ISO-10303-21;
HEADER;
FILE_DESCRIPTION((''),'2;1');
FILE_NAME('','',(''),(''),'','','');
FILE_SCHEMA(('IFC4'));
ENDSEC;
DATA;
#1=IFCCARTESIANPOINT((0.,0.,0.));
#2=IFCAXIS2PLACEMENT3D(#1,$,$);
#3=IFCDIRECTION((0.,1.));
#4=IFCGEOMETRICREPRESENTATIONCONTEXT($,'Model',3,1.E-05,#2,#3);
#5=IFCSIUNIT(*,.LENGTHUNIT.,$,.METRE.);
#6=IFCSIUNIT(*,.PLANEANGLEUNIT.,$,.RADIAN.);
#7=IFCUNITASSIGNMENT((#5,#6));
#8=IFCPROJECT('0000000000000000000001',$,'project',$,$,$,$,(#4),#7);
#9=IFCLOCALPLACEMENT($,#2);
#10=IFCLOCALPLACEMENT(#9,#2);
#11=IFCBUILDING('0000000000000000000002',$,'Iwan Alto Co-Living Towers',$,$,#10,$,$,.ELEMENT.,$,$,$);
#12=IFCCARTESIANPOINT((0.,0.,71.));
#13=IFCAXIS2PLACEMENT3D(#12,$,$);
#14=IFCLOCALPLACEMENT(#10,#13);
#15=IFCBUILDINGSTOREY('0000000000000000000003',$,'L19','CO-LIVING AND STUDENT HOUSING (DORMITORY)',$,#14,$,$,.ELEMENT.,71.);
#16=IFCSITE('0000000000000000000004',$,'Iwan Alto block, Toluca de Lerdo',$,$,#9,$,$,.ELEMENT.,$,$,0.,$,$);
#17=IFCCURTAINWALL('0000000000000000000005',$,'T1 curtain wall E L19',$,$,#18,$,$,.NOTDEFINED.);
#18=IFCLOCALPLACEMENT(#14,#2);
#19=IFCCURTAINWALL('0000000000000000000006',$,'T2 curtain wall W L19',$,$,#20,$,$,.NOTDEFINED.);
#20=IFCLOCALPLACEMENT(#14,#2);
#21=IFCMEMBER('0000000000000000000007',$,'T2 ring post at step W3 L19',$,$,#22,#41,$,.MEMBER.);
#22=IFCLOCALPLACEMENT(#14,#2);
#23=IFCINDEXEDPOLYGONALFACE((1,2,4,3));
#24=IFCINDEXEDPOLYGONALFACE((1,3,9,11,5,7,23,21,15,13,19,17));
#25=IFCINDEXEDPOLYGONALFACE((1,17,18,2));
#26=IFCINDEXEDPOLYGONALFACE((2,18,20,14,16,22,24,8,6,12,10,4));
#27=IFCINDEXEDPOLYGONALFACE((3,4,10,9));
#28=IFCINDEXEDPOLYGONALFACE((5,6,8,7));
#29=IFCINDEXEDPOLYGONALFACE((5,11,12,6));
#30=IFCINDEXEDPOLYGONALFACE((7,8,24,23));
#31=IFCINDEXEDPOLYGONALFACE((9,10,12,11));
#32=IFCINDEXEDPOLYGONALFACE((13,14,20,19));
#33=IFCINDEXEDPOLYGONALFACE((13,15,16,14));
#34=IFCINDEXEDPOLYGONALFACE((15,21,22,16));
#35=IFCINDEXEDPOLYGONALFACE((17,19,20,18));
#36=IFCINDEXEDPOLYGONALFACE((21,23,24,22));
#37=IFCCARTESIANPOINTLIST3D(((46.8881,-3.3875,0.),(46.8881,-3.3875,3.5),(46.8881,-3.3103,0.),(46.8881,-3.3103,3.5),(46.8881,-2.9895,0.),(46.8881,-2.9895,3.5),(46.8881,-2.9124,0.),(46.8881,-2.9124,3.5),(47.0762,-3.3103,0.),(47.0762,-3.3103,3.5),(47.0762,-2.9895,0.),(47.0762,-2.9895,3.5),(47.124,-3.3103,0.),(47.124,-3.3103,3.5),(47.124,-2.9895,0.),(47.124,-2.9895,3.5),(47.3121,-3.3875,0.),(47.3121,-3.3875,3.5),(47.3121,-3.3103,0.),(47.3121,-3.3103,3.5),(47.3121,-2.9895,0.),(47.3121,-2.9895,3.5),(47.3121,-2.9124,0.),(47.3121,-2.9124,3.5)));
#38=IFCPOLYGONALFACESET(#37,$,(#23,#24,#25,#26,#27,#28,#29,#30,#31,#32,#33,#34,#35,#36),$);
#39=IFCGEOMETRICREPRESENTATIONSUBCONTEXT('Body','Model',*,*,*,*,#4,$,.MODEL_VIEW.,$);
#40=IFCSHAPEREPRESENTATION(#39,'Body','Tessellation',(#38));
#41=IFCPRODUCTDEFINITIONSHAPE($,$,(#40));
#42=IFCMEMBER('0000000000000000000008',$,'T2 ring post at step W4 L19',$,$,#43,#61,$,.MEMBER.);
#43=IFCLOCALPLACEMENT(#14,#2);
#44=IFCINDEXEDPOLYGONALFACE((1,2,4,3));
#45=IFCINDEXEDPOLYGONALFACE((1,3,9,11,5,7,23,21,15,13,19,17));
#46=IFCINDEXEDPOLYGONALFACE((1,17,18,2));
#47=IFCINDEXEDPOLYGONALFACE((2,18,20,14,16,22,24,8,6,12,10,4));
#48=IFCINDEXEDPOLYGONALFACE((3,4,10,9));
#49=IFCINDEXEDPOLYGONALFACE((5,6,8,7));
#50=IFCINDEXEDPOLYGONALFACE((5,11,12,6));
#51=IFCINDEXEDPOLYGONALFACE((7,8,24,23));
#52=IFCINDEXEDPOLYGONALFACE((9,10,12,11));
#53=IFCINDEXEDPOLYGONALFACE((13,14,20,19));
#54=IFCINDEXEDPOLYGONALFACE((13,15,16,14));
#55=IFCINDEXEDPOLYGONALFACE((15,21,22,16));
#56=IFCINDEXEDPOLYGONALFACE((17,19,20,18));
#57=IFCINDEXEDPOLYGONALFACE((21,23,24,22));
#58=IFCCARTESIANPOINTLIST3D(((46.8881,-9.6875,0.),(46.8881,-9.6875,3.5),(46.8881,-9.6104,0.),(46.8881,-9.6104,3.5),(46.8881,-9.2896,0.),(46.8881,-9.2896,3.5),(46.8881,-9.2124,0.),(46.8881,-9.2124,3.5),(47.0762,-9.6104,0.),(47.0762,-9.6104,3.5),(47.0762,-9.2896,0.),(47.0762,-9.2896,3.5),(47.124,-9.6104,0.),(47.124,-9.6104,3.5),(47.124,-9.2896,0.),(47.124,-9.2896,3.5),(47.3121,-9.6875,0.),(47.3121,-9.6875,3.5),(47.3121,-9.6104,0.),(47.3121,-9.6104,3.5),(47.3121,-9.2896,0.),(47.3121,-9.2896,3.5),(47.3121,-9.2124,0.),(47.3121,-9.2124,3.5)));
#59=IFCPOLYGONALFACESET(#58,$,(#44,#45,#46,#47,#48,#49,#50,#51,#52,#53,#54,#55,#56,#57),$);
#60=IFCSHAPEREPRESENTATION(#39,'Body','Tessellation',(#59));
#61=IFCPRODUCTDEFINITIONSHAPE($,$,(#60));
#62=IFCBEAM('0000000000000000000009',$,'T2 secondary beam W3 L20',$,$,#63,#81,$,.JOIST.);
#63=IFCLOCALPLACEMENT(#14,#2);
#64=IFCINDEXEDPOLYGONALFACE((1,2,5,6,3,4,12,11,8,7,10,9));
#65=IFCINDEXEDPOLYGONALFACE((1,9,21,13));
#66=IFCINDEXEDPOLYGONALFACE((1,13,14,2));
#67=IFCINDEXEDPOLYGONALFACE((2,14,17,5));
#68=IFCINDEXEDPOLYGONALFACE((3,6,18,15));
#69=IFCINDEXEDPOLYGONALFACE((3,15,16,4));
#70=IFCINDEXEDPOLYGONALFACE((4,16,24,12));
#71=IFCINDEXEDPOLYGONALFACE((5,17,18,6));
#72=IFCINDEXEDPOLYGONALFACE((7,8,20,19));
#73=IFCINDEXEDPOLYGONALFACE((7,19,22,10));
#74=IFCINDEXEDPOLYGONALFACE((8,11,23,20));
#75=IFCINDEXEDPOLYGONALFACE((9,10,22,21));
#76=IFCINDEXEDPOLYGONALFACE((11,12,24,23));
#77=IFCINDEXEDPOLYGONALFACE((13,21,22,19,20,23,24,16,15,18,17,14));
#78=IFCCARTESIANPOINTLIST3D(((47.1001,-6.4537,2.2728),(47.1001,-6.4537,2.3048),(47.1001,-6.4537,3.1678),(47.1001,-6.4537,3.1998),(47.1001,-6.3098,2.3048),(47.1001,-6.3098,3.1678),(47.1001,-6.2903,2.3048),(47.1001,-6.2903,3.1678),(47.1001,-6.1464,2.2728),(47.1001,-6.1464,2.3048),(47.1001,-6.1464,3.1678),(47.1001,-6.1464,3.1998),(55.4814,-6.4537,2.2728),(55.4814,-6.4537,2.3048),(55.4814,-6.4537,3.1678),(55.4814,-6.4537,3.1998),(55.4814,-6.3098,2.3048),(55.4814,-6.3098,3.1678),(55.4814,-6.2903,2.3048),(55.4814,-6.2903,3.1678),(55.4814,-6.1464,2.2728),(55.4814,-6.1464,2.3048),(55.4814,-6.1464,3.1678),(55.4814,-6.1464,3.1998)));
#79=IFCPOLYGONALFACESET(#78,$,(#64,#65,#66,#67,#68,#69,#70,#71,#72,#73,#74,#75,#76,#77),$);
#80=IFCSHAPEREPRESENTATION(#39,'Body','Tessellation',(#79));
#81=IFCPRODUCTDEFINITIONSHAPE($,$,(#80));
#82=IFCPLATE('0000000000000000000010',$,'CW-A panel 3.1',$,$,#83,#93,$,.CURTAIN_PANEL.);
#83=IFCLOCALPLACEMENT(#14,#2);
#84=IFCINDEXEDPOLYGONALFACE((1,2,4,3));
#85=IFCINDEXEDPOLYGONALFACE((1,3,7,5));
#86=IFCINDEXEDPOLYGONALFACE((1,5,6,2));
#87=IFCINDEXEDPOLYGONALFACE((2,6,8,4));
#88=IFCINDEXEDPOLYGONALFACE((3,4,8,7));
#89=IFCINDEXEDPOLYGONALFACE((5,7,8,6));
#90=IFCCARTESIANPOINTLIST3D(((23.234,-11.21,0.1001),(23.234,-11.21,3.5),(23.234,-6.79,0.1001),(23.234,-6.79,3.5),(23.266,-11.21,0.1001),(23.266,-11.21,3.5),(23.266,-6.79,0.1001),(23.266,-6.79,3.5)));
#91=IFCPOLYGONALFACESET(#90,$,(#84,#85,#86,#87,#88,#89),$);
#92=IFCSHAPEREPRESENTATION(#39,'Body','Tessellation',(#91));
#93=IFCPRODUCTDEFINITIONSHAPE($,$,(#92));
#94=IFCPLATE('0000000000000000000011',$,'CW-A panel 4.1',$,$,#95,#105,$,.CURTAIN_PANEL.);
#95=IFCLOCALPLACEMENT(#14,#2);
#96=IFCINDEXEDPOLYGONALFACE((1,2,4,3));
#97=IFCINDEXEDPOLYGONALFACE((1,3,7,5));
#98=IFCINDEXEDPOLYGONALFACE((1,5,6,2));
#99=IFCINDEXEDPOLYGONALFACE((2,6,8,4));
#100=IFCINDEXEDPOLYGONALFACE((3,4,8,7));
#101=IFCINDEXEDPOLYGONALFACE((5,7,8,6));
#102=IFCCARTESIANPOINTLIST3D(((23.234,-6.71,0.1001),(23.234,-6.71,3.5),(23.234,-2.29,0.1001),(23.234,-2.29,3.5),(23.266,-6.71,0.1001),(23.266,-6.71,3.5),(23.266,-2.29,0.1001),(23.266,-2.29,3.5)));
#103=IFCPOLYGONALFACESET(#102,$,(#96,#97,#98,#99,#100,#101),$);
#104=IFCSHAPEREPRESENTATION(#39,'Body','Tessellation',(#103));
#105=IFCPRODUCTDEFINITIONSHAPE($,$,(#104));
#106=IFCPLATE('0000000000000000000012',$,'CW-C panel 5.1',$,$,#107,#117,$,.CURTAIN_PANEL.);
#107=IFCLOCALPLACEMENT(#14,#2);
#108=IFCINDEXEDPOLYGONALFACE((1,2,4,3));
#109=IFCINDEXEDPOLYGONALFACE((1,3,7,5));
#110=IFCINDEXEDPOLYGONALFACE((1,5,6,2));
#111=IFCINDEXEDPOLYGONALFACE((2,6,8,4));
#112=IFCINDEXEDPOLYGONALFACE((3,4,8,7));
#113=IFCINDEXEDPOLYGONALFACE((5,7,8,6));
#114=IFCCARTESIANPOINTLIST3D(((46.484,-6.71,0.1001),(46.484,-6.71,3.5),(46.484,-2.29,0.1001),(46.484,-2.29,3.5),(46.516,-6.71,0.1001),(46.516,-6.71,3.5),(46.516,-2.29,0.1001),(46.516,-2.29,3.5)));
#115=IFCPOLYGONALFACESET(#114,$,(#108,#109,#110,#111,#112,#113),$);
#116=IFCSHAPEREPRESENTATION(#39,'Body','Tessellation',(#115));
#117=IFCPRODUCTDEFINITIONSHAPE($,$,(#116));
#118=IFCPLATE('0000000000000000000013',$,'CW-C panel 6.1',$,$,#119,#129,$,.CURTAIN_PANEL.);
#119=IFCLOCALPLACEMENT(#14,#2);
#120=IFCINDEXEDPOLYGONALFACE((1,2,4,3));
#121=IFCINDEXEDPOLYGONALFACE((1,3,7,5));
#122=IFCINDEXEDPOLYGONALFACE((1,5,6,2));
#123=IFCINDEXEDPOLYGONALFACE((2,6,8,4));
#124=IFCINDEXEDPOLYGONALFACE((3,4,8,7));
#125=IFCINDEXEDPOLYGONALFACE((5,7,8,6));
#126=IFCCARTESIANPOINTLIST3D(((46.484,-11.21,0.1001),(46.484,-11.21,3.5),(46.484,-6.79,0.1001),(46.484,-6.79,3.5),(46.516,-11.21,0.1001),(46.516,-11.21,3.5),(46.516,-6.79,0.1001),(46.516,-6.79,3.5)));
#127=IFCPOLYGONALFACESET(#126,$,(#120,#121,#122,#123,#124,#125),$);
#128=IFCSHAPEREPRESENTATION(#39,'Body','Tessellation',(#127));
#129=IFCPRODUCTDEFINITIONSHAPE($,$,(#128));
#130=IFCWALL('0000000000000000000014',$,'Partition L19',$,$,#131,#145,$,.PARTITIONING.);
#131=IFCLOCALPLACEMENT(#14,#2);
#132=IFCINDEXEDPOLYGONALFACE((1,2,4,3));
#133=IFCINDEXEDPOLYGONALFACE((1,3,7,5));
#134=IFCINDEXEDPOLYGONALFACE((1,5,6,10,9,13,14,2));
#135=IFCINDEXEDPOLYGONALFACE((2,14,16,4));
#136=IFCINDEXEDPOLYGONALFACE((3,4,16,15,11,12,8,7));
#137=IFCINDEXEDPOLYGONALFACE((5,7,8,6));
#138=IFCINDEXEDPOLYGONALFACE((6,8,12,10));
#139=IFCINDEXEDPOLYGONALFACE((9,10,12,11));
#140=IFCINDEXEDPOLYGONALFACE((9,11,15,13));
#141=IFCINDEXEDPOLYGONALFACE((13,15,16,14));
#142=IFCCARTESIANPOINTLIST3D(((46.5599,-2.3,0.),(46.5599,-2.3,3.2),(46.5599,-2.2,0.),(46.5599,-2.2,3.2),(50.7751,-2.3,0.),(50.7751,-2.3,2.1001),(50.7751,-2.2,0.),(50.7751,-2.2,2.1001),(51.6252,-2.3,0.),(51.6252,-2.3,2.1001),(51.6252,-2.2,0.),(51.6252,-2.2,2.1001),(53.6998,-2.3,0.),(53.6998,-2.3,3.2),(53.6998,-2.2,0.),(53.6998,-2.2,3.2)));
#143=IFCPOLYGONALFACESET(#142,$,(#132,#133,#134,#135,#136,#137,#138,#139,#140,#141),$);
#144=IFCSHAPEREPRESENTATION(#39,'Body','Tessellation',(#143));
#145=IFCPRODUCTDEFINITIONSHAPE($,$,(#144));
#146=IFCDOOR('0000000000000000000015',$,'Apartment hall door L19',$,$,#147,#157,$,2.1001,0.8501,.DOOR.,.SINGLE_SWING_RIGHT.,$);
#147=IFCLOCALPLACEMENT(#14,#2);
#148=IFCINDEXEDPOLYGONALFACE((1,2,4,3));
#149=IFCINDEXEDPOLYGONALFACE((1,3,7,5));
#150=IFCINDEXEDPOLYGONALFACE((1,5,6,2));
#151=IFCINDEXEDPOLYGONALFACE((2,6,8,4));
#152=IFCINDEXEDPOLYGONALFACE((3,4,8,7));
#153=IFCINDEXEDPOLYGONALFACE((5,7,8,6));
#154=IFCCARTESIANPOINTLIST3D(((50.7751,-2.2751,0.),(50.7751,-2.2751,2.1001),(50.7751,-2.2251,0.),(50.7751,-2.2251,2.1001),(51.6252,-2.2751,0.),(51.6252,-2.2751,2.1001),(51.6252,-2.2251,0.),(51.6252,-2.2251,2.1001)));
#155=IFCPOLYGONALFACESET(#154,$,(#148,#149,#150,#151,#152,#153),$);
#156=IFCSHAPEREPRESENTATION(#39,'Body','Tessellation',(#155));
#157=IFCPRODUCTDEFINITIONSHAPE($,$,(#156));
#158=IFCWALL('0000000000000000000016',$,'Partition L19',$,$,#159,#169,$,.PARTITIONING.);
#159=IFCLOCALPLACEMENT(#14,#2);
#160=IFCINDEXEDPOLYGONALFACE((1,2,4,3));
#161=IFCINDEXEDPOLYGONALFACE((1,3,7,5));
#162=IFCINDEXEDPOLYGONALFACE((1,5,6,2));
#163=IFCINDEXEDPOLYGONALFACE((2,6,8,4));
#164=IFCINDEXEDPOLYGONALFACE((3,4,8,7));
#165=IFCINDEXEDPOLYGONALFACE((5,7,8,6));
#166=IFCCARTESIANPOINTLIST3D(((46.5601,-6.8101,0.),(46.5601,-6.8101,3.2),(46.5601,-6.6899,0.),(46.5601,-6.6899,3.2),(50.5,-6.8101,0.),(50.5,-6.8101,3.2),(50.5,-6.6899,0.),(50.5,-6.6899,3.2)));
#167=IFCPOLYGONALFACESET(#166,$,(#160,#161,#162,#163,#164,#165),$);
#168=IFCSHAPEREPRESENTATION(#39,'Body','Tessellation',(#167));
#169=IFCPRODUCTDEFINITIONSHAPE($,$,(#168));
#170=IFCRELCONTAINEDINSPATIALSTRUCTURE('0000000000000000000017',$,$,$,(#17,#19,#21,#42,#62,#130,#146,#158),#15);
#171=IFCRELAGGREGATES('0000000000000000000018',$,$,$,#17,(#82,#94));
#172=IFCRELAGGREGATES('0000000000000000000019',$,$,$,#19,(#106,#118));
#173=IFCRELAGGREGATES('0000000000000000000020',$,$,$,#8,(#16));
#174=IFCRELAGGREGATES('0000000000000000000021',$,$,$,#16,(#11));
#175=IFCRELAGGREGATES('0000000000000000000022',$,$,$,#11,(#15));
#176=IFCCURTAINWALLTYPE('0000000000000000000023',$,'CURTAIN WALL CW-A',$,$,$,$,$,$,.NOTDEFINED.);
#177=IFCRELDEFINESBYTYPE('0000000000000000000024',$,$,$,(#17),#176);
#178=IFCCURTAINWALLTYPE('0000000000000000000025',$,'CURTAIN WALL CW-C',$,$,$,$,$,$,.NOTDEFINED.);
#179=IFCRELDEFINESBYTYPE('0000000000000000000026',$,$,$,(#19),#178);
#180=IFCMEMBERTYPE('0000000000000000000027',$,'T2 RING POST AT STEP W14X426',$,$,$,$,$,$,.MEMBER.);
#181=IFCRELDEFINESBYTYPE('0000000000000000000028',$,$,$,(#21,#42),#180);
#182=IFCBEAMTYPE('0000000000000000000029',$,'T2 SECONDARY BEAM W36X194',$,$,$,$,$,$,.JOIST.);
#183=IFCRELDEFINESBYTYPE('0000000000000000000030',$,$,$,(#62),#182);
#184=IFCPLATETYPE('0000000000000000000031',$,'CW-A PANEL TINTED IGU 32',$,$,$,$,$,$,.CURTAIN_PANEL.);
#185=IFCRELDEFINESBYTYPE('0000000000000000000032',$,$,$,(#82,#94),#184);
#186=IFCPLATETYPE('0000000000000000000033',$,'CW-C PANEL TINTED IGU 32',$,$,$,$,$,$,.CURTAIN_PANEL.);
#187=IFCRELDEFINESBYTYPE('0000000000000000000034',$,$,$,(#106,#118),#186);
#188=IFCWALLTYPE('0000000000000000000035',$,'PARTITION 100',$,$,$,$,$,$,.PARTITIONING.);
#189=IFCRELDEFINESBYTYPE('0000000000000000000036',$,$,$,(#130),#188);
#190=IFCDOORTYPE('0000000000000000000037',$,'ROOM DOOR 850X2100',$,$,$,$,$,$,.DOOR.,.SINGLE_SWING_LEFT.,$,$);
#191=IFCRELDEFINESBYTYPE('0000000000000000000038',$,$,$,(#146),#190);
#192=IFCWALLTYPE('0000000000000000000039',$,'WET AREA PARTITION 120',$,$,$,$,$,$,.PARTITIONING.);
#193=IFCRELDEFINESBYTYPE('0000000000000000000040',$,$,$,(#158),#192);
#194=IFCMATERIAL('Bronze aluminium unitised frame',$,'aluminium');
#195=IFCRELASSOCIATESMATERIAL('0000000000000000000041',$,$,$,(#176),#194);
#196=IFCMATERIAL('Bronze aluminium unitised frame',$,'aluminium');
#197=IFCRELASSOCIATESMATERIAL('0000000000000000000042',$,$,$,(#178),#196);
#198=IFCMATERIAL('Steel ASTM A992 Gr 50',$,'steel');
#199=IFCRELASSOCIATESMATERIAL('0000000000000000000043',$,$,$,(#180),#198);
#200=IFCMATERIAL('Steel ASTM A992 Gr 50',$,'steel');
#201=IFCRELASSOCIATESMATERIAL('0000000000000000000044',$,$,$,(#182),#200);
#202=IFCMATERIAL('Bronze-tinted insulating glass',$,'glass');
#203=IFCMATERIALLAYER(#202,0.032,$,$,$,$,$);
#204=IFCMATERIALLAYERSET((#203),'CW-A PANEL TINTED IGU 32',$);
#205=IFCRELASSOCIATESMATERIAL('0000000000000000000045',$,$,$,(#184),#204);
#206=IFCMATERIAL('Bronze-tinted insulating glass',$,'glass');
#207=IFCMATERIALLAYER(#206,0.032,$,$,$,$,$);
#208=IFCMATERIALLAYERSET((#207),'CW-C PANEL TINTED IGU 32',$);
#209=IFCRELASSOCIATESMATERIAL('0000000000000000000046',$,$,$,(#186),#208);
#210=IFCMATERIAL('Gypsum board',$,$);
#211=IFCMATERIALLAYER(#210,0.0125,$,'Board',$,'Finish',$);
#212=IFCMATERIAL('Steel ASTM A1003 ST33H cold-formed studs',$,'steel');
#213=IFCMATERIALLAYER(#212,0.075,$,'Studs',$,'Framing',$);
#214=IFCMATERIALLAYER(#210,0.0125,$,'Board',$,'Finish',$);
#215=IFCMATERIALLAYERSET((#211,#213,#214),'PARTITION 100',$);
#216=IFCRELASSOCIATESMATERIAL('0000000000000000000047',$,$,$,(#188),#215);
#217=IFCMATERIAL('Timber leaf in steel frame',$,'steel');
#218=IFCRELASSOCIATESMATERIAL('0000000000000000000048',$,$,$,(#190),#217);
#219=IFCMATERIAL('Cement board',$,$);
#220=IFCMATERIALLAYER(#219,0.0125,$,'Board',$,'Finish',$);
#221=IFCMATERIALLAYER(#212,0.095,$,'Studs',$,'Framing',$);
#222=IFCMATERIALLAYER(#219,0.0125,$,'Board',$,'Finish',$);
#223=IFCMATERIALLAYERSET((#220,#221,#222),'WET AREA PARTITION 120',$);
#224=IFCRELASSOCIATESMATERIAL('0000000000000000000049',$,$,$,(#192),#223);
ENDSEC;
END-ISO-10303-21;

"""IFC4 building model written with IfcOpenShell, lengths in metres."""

from ifc_helpers import new_model, si_unit, direction, frame, frame_2d, origin, origin_2d, place, context, subcontext, project, spatial, rectangle, i_section, extrude, material, layer, layer_set, material_profile, profile_set, type_object, element, fill, aggregate, save


model = new_model("IFC4")

# Units and contexts
model_context = context("Model", 3, precision=1e-05, world=origin(), true_north=direction((0.0, 1.0)))
body_context = subcontext(model_context, "Body", "Model", "MODEL_VIEW")
ifc_project = project(units=[si_unit("LENGTHUNIT", "METRE"), si_unit("PLANEANGLEUNIT", "RADIAN")], contexts=[model_context])

# Site, building, storey
site_placement = place(None, origin())
site = spatial("IfcSite", under=ifc_project, at=site_placement, Name="Iwan Alto block, Toluca de Lerdo", CompositionType="ELEMENT", RefElevation=0.0)
building_placement = place(site_placement, origin())
building = spatial("IfcBuilding", under=site, at=building_placement, Name="Iwan Alto Co-Living Towers", CompositionType="ELEMENT")
storey_placement = place(building_placement, frame((0.0, 0.0, 71.0)))
storey = spatial("IfcBuildingStorey", under=building, at=storey_placement, Name="L19", Description="CO-LIVING AND STUDENT HOUSING (DORMITORY)", CompositionType="ELEMENT", Elevation=71.0)

# Curtain walls
ifc_material_1 = material(Name="Bronze aluminium unitised frame", Category="aluminium")
curtain_wall_type_1 = type_object("IfcCurtainWallType", Name="CURTAIN WALL CW-A", PredefinedType="NOTDEFINED", material=ifc_material_1)
curtain_wall_1_placement = place(storey_placement, origin())
curtain_wall_1 = element("IfcCurtainWall", 1, at=curtain_wall_1_placement, inside=storey, type_object=curtain_wall_type_1, Name="T1 curtain wall E L19", PredefinedType="NOTDEFINED")
ifc_material_2 = material(Name="Bronze aluminium unitised frame", Category="aluminium")
curtain_wall_type_2 = type_object("IfcCurtainWallType", Name="CURTAIN WALL CW-C", PredefinedType="NOTDEFINED", material=ifc_material_2)
curtain_wall_2_placement = place(storey_placement, origin())
curtain_wall_2 = element("IfcCurtainWall", 2, at=curtain_wall_2_placement, inside=storey, type_object=curtain_wall_type_2, Name="T2 curtain wall W L19", PredefinedType="NOTDEFINED")

# Members
ifc_material_3 = material(Name="Steel ASTM A992 Gr 50", Category="steel")
ifc_material_profile_1 = material_profile(ifc_material_3, i_section(OverallWidth=0.4241, OverallDepth=0.4751, WebThickness=0.0479, FlangeThickness=0.0771, at=origin_2d()), Name="W14X426")
ifc_profile_set_1 = profile_set([ifc_material_profile_1], Name="Steel ASTM A992 Gr 50")
member_type_1 = type_object("IfcMemberType", Name="T2 RING POST AT STEP W14X426", PredefinedType="MEMBER", material=ifc_profile_set_1)
for number, where, z_axis, x_axis, name in (
    (3, (47.1001, -3.1499, 0.0), (0.0, 0.0, 1.0), (1.0, 0.0, 0.0), "T2 ring post at step W3 L19"),
    (4, (47.1001, -9.45, 0.0), (0.0, 0.0, 1.0), (1.0, 0.0, 0.0), "T2 ring post at step W4 L19"),
):
    element("IfcMember", number, at=place(storey_placement, frame(where, z_axis=z_axis, x_axis=x_axis)), inside=storey, type_object=member_type_1, Name=name, PredefinedType="MEMBER", context=body_context, shape_type="SweptSolid", body=[
        extrude(i_section(OverallWidth=0.4241, OverallDepth=0.4751, WebThickness=0.0479, FlangeThickness=0.0771, at=origin_2d()), origin(), (0.0, 0.0, 1.0), 3.5),
    ])

# Beam
ifc_material_4 = material(Name="Steel ASTM A992 Gr 50", Category="steel")
ifc_material_profile_2 = material_profile(ifc_material_4, i_section(OverallWidth=0.3074, OverallDepth=0.927, WebThickness=0.0195, FlangeThickness=0.032, at=origin_2d()), Name="W36X194")
ifc_profile_set_2 = profile_set([ifc_material_profile_2], Name="Steel ASTM A992 Gr 50")
beam_type_1 = type_object("IfcBeamType", Name="T2 SECONDARY BEAM W36X194", PredefinedType="JOIST", material=ifc_profile_set_2)
beam_1_placement = place(storey_placement, frame((47.1001, -6.3, 2.7363), z_axis=(1.0, 0.0, 0.0), x_axis=(0.0, 1.0, 0.0)))
element("IfcBeam", 5, at=beam_1_placement, inside=storey, type_object=beam_type_1, Name="T2 secondary beam W3 L20", PredefinedType="JOIST", context=body_context, shape_type="SweptSolid", body=[
    extrude(i_section(OverallWidth=0.3074, OverallDepth=0.927, WebThickness=0.0195, FlangeThickness=0.032, at=origin_2d()), origin(), (0.0, 0.0, 1.0), 8.3813),
])

# Plates
ifc_material_5 = material(Name="Bronze-tinted insulating glass", Category="glass")
ifc_layer_1 = layer(ifc_material_5, 0.032)
ifc_layer_set_1 = layer_set([ifc_layer_1], Name="CW-A PANEL TINTED IGU 32")
plate_type_1 = type_object("IfcPlateType", Name="CW-A PANEL TINTED IGU 32", PredefinedType="CURTAIN_PANEL", material=ifc_layer_set_1)
plate_1_placement = place(storey_placement, frame((23.25, -9.0, 0.1001), z_axis=(0.0, 0.0, 1.0), x_axis=(0.0, 1.0, 0.0)))
plate_1 = element("IfcPlate", 6, at=plate_1_placement, type_object=plate_type_1, Name="CW-A panel 3.1", PredefinedType="CURTAIN_PANEL", context=body_context, shape_type="SweptSolid", body=[
    extrude(rectangle(XDim=4.4199, YDim=0.032, at=origin_2d()), origin(), (0.0, 0.0, 1.0), 3.3999),
])
plate_2_placement = place(storey_placement, frame((23.25, -4.5, 0.1001), z_axis=(0.0, 0.0, 1.0), x_axis=(0.0, 1.0, 0.0)))
plate_2 = element("IfcPlate", 7, at=plate_2_placement, type_object=plate_type_1, Name="CW-A panel 4.1", PredefinedType="CURTAIN_PANEL", context=body_context, shape_type="SweptSolid", body=[
    extrude(rectangle(XDim=4.4199, YDim=0.032, at=origin_2d()), origin(), (0.0, 0.0, 1.0), 3.3999),
])
aggregate(curtain_wall_1, [plate_1, plate_2])
ifc_material_6 = material(Name="Bronze-tinted insulating glass", Category="glass")
ifc_layer_2 = layer(ifc_material_6, 0.032)
ifc_layer_set_2 = layer_set([ifc_layer_2], Name="CW-C PANEL TINTED IGU 32")
plate_type_2 = type_object("IfcPlateType", Name="CW-C PANEL TINTED IGU 32", PredefinedType="CURTAIN_PANEL", material=ifc_layer_set_2)
plate_3_placement = place(storey_placement, frame((46.5, -4.5, 0.1001), z_axis=(0.0, 0.0, 1.0), x_axis=(0.0, -1.0, 0.0)))
plate_3 = element("IfcPlate", 8, at=plate_3_placement, type_object=plate_type_2, Name="CW-C panel 5.1", PredefinedType="CURTAIN_PANEL", context=body_context, shape_type="SweptSolid", body=[
    extrude(rectangle(XDim=4.4199, YDim=0.032, at=origin_2d()), origin(), (0.0, 0.0, 1.0), 3.3999),
])
plate_4_placement = place(storey_placement, frame((46.5, -9.0, 0.1001), z_axis=(0.0, 0.0, 1.0), x_axis=(0.0, -1.0, 0.0)))
plate_4 = element("IfcPlate", 9, at=plate_4_placement, type_object=plate_type_2, Name="CW-C panel 6.1", PredefinedType="CURTAIN_PANEL", context=body_context, shape_type="SweptSolid", body=[
    extrude(rectangle(XDim=4.4199, YDim=0.032, at=origin_2d()), origin(), (0.0, 0.0, 1.0), 3.3999),
])
aggregate(curtain_wall_2, [plate_3, plate_4])

# Wall, opening, door
ifc_material_7 = material(Name="Gypsum board")
ifc_layer_3 = layer(ifc_material_7, 0.0125, Name="Board", Category="Finish")
ifc_material_8 = material(Name="Steel ASTM A1003 ST33H cold-formed studs", Category="steel")
ifc_layer_4 = layer(ifc_material_8, 0.075, Name="Studs", Category="Framing")
ifc_layer_5 = layer(ifc_material_7, 0.0125, Name="Board", Category="Finish")
ifc_layer_set_3 = layer_set([ifc_layer_3, ifc_layer_4, ifc_layer_5], Name="PARTITION 100")
wall_type_1 = type_object("IfcWallType", Name="PARTITION 100", PredefinedType="PARTITIONING", material=ifc_layer_set_3)
wall_1_placement = place(storey_placement, frame((46.5601, -2.25, 0.0), z_axis=(0.0, 0.0, 1.0), x_axis=(1.0, 0.0, 0.0)))
wall_1 = element("IfcWall", 10, at=wall_1_placement, inside=storey, type_object=wall_type_1, Name="Partition L19", PredefinedType="PARTITIONING", context=body_context, shape_type="SweptSolid", body=[
    extrude(rectangle(XDim=7.1399, YDim=0.1001, at=frame_2d((3.5698, 0.0))), origin(), (0.0, 0.0, 1.0), 3.2),
])
opening_placement = place(wall_1_placement, frame((4.2151, 0.0, 0.0)))
opening = element("IfcOpeningElement", 11, at=opening_placement, cuts=wall_1, PredefinedType="OPENING", context=body_context, shape_type="SweptSolid", body=[
    extrude(rectangle(XDim=0.8501, YDim=2.1001, at=frame_2d((0.425, 1.05))), frame((0.0, 0.0601, 0.0), z_axis=(0.0, -1.0, 0.0), x_axis=(1.0, 0.0, 0.0)), (0.0, 0.0, 1.0), 0.1201),
])
ifc_material_9 = material(Name="Timber leaf in steel frame", Category="steel")
door_type = type_object("IfcDoorType", Name="ROOM DOOR 850X2100", OperationType="SINGLE_SWING_LEFT", PredefinedType="DOOR", material=ifc_material_9)
door_placement = place(opening_placement, origin())
door = element("IfcDoor", 12, at=door_placement, inside=storey, type_object=door_type, Name="Apartment hall door L19", OperationType="SINGLE_SWING_RIGHT", OverallHeight=2.1001, OverallWidth=0.8501, PredefinedType="DOOR", context=body_context, shape_type="SweptSolid", body=[
    extrude(rectangle(XDim=0.8501, YDim=2.1001, at=frame_2d((0.425, 1.05))), frame((0.0, 0.0249, 0.0), z_axis=(0.0, -1.0, 0.0), x_axis=(1.0, 0.0, 0.0)), (0.0, 0.0, 1.0), 0.05),
])
fill(opening, door)

# Wall
ifc_material_10 = material(Name="Cement board")
ifc_layer_6 = layer(ifc_material_10, 0.0125, Name="Board", Category="Finish")
ifc_layer_7 = layer(ifc_material_8, 0.095, Name="Studs", Category="Framing")
ifc_layer_8 = layer(ifc_material_10, 0.0125, Name="Board", Category="Finish")
ifc_layer_set_4 = layer_set([ifc_layer_6, ifc_layer_7, ifc_layer_8], Name="WET AREA PARTITION 120")
wall_type_2 = type_object("IfcWallType", Name="WET AREA PARTITION 120", PredefinedType="PARTITIONING", material=ifc_layer_set_4)
wall_2_placement = place(storey_placement, frame((46.5601, -6.75, 0.0), z_axis=(0.0, 0.0, 1.0), x_axis=(1.0, 0.0, 0.0)))
element("IfcWall", 13, at=wall_2_placement, inside=storey, type_object=wall_type_2, Name="Partition L19", PredefinedType="PARTITIONING", context=body_context, shape_type="SweptSolid", body=[
    extrude(rectangle(XDim=3.9399, YDim=0.1201, at=frame_2d((1.97, 0.0))), origin(), (0.0, 0.0, 1.0), 3.2),
])

save(model, "model.ifc")
